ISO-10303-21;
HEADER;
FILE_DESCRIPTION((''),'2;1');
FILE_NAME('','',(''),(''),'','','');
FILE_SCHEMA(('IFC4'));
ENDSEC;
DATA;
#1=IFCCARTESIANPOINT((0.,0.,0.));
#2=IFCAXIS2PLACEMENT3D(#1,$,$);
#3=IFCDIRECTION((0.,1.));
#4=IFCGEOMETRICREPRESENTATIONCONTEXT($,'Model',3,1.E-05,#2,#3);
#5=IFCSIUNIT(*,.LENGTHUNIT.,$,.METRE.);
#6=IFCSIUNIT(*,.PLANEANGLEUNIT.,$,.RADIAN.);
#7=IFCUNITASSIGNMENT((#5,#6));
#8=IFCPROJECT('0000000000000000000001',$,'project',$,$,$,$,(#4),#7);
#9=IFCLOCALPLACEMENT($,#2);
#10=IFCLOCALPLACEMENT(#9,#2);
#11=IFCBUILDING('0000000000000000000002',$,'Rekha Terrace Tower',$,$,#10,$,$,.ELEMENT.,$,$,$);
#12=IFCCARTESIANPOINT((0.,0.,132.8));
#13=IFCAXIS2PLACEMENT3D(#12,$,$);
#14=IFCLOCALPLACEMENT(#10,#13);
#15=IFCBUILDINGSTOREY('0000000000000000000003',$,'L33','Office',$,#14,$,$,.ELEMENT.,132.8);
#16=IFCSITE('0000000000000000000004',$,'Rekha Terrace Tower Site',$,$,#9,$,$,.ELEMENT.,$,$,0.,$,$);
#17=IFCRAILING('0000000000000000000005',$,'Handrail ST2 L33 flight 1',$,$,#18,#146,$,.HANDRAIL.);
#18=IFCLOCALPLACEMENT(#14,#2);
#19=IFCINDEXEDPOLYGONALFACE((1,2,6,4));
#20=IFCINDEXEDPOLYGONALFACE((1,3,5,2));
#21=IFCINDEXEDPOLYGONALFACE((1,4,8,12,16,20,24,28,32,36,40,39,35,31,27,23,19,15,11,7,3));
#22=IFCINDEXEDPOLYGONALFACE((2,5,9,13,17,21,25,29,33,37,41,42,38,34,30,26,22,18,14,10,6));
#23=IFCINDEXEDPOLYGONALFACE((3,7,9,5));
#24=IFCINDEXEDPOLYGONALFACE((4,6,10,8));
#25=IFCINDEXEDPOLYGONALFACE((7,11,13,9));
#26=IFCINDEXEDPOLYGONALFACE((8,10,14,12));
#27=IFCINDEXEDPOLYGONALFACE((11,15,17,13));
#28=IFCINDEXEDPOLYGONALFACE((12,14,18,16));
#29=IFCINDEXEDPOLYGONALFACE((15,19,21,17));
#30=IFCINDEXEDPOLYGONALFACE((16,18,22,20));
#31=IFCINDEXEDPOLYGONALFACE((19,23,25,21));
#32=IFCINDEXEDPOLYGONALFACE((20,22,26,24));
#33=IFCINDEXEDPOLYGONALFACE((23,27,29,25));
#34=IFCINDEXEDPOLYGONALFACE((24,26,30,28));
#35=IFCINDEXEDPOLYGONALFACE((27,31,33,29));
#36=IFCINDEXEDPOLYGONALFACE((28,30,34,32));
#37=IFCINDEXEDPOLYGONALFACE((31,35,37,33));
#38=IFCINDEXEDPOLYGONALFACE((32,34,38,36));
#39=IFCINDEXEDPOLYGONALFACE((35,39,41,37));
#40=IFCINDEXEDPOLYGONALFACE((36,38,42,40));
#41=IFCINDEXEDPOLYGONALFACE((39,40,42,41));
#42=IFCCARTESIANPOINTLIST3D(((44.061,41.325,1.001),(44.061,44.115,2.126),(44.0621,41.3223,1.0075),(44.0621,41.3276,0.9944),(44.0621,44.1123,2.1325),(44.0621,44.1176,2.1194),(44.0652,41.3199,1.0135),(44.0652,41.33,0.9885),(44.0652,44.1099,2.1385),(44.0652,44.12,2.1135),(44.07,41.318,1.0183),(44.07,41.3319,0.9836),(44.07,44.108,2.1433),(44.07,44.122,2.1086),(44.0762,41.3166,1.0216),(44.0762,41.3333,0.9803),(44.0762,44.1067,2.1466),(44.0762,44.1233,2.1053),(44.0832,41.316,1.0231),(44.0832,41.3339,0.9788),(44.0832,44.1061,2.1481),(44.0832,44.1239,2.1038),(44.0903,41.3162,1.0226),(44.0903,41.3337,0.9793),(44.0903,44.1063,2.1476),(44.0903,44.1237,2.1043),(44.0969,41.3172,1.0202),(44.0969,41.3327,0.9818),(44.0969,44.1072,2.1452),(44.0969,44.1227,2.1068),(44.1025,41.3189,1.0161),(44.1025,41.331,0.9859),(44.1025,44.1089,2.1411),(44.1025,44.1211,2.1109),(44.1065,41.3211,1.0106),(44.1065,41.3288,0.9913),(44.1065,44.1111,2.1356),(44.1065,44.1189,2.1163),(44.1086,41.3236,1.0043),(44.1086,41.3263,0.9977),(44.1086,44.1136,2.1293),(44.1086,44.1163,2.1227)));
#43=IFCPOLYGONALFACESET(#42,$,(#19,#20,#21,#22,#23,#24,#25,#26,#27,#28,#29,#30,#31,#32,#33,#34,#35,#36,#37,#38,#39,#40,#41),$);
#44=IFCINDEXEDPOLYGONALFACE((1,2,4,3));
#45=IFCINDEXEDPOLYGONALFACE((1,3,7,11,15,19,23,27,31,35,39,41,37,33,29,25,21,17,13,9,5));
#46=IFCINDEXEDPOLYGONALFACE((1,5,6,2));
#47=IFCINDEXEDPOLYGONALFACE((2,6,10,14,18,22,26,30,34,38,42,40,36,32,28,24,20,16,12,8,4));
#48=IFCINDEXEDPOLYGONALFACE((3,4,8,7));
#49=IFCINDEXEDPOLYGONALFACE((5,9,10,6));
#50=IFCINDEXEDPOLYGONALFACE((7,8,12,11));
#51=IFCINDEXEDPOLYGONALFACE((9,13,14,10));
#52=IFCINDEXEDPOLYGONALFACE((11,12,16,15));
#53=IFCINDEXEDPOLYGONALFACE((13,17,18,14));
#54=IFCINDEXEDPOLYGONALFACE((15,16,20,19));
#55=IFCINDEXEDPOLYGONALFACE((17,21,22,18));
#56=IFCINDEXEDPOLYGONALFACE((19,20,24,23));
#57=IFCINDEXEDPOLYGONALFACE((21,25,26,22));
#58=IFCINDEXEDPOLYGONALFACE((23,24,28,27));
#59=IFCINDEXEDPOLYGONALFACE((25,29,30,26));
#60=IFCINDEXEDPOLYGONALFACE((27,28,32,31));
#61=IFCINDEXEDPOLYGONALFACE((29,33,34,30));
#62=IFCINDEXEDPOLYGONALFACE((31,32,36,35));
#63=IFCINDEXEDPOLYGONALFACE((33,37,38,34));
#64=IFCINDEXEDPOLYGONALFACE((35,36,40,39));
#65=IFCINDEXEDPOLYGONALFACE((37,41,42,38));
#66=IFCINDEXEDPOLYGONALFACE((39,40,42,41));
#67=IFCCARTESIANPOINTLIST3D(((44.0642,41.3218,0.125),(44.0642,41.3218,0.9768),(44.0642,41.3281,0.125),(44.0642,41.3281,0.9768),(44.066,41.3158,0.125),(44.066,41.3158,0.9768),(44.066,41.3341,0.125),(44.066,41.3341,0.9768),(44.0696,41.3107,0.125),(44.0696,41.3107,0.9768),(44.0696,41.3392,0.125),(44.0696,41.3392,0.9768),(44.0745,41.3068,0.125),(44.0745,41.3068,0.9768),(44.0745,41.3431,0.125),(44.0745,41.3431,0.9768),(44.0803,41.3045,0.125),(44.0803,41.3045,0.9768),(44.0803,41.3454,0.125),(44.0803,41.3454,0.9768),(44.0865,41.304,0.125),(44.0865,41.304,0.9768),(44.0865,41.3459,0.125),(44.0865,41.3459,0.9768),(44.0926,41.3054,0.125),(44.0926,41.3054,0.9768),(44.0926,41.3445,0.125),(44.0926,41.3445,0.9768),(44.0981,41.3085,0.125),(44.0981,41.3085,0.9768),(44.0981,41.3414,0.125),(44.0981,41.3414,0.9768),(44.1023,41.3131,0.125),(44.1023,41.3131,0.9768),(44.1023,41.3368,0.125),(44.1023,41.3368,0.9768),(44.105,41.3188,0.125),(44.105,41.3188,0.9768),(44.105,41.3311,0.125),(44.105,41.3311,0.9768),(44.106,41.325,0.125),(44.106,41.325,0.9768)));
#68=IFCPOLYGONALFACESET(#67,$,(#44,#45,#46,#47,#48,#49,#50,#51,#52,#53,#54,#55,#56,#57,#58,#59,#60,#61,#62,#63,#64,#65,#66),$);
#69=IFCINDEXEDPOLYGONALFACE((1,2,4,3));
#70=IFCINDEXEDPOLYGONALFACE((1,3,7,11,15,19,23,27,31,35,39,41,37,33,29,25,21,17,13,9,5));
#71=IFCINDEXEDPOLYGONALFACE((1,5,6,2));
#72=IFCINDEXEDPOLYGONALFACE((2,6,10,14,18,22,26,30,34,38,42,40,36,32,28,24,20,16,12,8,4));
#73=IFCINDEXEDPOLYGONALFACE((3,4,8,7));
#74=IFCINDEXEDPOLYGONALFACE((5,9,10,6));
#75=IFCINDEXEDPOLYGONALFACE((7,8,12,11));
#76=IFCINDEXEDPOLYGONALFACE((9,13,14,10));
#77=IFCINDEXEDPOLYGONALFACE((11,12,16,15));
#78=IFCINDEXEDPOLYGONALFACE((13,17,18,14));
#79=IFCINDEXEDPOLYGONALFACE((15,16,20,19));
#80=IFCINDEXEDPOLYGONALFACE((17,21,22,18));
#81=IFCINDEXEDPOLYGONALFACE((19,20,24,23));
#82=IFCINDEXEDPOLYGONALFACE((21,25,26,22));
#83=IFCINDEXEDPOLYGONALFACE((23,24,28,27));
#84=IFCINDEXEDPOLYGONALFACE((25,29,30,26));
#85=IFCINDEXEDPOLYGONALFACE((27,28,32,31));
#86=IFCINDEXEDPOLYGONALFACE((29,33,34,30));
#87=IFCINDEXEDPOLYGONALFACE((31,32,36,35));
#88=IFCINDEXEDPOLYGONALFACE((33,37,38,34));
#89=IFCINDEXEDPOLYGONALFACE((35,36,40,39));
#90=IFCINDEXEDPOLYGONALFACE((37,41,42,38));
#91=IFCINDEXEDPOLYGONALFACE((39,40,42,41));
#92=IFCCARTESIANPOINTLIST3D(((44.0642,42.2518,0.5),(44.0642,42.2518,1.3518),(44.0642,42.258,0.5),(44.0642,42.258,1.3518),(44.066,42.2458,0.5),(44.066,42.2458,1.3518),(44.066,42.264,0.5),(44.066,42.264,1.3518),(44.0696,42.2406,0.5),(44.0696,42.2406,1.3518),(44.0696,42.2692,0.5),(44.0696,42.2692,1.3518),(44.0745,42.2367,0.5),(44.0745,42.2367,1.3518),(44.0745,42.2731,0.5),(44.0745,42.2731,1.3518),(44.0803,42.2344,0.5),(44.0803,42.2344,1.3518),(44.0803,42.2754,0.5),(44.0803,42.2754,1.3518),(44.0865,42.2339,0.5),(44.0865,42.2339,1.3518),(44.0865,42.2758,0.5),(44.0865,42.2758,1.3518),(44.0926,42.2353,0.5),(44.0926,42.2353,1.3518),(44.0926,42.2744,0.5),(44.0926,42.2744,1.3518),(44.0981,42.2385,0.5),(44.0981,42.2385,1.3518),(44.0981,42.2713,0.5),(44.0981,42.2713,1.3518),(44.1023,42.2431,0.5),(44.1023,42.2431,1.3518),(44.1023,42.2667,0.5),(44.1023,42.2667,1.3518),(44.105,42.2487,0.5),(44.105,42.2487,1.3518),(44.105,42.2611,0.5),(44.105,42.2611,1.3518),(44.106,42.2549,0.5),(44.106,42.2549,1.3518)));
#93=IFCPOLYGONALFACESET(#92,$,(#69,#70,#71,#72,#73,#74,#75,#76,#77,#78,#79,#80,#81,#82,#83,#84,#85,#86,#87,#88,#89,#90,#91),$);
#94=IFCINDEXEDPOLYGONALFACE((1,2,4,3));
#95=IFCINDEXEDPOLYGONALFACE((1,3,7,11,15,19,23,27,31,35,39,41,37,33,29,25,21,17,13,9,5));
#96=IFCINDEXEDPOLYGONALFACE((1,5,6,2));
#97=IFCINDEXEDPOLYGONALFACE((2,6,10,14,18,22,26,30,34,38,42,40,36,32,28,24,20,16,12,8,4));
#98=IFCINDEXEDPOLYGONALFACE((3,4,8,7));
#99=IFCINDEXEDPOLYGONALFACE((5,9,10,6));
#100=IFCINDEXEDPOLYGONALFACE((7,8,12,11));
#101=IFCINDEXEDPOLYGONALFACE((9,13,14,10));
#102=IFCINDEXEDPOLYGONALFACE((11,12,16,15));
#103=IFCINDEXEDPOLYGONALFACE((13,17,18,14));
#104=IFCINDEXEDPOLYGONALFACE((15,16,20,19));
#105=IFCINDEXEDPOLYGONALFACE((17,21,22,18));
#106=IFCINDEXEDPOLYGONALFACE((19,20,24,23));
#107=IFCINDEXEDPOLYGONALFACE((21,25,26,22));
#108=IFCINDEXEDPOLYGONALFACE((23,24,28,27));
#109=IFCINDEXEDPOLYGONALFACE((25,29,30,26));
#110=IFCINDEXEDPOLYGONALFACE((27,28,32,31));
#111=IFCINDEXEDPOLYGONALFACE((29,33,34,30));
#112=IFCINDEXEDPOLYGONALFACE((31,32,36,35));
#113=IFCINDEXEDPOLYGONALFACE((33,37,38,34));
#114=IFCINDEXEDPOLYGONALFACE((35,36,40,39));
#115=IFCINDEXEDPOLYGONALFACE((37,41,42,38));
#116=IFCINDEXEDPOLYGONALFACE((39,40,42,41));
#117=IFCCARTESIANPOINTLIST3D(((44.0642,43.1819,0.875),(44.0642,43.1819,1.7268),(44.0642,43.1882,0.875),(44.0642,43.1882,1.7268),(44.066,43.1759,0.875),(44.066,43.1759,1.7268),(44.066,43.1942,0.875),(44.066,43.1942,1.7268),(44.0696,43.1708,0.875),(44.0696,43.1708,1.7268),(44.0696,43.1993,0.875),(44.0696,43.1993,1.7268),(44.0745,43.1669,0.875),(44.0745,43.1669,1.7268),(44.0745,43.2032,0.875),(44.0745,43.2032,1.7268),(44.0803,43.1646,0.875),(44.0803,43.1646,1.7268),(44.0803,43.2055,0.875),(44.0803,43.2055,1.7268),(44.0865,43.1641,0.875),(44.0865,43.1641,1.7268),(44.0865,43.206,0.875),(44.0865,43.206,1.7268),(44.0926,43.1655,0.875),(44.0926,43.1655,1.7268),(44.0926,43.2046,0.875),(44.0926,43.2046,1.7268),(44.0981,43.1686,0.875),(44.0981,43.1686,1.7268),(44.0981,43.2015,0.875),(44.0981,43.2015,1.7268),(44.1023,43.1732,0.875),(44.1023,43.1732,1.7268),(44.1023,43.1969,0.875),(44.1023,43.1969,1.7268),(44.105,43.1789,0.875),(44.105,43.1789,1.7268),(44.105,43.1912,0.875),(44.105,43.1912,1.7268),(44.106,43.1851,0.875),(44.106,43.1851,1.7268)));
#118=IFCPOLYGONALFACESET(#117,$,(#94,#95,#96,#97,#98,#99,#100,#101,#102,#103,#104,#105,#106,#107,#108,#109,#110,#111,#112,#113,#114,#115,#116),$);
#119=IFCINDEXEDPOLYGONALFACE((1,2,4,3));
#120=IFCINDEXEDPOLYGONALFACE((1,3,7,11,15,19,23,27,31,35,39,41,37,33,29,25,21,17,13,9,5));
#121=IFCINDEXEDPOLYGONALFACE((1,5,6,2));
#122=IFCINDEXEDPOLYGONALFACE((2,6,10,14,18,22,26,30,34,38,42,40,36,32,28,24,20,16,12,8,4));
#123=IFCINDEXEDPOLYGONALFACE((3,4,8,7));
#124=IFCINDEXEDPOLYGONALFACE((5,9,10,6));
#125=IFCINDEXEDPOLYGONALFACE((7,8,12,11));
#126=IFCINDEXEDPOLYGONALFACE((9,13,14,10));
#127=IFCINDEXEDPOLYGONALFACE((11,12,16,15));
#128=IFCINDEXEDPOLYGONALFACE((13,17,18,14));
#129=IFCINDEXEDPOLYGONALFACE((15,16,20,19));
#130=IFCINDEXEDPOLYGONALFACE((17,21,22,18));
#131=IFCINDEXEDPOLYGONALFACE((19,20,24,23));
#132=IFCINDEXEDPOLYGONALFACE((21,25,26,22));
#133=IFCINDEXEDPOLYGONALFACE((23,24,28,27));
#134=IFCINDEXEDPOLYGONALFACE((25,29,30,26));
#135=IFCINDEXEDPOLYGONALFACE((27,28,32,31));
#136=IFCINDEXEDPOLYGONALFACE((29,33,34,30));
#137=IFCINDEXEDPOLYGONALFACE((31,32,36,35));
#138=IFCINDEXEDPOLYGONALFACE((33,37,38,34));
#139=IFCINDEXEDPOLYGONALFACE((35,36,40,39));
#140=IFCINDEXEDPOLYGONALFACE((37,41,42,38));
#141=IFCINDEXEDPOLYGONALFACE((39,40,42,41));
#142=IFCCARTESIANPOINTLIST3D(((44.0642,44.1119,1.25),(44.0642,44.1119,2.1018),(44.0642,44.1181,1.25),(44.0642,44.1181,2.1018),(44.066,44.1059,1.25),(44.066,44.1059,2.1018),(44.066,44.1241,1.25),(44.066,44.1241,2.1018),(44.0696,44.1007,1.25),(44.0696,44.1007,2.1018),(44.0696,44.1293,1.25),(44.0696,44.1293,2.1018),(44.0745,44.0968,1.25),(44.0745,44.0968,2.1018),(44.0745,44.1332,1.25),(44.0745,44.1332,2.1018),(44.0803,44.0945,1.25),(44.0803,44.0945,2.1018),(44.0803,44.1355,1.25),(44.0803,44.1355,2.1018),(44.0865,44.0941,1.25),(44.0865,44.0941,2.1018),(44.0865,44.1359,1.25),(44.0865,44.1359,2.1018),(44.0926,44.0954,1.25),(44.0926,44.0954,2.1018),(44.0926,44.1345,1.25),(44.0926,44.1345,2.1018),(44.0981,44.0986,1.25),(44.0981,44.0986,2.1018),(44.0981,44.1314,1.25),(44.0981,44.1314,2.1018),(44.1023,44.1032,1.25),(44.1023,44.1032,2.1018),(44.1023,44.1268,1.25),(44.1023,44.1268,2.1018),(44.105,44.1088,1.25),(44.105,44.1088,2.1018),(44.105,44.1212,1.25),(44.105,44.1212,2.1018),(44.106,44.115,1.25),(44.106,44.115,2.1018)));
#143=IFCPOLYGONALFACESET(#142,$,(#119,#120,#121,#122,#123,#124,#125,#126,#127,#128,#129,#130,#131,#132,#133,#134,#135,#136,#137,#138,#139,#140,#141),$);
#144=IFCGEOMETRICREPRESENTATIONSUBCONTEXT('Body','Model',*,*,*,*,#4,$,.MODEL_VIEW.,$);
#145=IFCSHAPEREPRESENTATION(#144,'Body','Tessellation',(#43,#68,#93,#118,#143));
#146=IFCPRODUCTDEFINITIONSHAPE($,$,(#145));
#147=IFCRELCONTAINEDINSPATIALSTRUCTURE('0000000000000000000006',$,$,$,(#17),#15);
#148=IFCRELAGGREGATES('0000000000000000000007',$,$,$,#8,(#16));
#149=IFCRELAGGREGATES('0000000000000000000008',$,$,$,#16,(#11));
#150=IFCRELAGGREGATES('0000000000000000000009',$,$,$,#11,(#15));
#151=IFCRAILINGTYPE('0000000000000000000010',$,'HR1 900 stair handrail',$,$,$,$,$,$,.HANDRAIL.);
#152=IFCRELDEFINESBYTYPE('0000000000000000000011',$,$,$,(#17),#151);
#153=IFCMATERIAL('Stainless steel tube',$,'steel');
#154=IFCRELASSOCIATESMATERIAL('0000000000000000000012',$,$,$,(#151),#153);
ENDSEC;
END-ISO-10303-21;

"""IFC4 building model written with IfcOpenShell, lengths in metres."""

from ifc_helpers import new_model, si_unit, direction, frame, origin, origin_2d, place, context, subcontext, project, spatial, circle, extrude, material, type_object, element, save


model = new_model("IFC4")

# Units and contexts
model_context = context("Model", 3, precision=1e-05, world=origin(), true_north=direction((0.0, 1.0)))
body_context = subcontext(model_context, "Body", "Model", "MODEL_VIEW")
ifc_project = project(units=[si_unit("LENGTHUNIT", "METRE"), si_unit("PLANEANGLEUNIT", "RADIAN")], contexts=[model_context])

# Site, building, storey
site_placement = place(None, origin())
site = spatial("IfcSite", under=ifc_project, at=site_placement, Name="Rekha Terrace Tower Site", CompositionType="ELEMENT", RefElevation=0.0)
building_placement = place(site_placement, origin())
building = spatial("IfcBuilding", under=site, at=building_placement, Name="Rekha Terrace Tower", CompositionType="ELEMENT")
storey_placement = place(building_placement, frame((0.0, 0.0, 132.8)))
storey = spatial("IfcBuildingStorey", under=building, at=storey_placement, Name="L33", Description="Office", CompositionType="ELEMENT", Elevation=132.8)

# Railing
ifc_material_1 = material(Name="Stainless steel tube", Category="steel")
railing_type_1 = type_object("IfcRailingType", Name="HR1 900 stair handrail", PredefinedType="HANDRAIL", material=ifc_material_1)
railing_1_placement = place(storey_placement, frame((44.085, 41.325, 0.125)))
element("IfcRailing", 1, at=railing_1_placement, inside=storey, type_object=railing_type_1, Name="Handrail ST2 L33 flight 1", PredefinedType="HANDRAIL", context=body_context, shape_type="SweptSolid", body=[
    extrude(circle(Radius=0.0239, at=origin_2d()), frame((0.0, 0.0, 0.876), z_axis=(0.0, 0.927443, 0.373964), x_axis=(-1.0, 0.0, 0.0)), (0.0, 0.0, 1.0), 3.0083),
    extrude(circle(Radius=0.021, at=origin_2d()), origin(), (0.0, 0.0, 1.0), 0.8518),
    extrude(circle(Radius=0.021, at=origin_2d()), frame((0.0, 0.9299, 0.375)), (0.0, 0.0, 1.0), 0.8518),
    extrude(circle(Radius=0.021, at=origin_2d()), frame((0.0, 1.8601, 0.75)), (0.0, 0.0, 1.0), 0.8518),
    extrude(circle(Radius=0.021, at=origin_2d()), frame((0.0, 2.79, 1.125)), (0.0, 0.0, 1.0), 0.8518),
])

save(model, "model.ifc")
